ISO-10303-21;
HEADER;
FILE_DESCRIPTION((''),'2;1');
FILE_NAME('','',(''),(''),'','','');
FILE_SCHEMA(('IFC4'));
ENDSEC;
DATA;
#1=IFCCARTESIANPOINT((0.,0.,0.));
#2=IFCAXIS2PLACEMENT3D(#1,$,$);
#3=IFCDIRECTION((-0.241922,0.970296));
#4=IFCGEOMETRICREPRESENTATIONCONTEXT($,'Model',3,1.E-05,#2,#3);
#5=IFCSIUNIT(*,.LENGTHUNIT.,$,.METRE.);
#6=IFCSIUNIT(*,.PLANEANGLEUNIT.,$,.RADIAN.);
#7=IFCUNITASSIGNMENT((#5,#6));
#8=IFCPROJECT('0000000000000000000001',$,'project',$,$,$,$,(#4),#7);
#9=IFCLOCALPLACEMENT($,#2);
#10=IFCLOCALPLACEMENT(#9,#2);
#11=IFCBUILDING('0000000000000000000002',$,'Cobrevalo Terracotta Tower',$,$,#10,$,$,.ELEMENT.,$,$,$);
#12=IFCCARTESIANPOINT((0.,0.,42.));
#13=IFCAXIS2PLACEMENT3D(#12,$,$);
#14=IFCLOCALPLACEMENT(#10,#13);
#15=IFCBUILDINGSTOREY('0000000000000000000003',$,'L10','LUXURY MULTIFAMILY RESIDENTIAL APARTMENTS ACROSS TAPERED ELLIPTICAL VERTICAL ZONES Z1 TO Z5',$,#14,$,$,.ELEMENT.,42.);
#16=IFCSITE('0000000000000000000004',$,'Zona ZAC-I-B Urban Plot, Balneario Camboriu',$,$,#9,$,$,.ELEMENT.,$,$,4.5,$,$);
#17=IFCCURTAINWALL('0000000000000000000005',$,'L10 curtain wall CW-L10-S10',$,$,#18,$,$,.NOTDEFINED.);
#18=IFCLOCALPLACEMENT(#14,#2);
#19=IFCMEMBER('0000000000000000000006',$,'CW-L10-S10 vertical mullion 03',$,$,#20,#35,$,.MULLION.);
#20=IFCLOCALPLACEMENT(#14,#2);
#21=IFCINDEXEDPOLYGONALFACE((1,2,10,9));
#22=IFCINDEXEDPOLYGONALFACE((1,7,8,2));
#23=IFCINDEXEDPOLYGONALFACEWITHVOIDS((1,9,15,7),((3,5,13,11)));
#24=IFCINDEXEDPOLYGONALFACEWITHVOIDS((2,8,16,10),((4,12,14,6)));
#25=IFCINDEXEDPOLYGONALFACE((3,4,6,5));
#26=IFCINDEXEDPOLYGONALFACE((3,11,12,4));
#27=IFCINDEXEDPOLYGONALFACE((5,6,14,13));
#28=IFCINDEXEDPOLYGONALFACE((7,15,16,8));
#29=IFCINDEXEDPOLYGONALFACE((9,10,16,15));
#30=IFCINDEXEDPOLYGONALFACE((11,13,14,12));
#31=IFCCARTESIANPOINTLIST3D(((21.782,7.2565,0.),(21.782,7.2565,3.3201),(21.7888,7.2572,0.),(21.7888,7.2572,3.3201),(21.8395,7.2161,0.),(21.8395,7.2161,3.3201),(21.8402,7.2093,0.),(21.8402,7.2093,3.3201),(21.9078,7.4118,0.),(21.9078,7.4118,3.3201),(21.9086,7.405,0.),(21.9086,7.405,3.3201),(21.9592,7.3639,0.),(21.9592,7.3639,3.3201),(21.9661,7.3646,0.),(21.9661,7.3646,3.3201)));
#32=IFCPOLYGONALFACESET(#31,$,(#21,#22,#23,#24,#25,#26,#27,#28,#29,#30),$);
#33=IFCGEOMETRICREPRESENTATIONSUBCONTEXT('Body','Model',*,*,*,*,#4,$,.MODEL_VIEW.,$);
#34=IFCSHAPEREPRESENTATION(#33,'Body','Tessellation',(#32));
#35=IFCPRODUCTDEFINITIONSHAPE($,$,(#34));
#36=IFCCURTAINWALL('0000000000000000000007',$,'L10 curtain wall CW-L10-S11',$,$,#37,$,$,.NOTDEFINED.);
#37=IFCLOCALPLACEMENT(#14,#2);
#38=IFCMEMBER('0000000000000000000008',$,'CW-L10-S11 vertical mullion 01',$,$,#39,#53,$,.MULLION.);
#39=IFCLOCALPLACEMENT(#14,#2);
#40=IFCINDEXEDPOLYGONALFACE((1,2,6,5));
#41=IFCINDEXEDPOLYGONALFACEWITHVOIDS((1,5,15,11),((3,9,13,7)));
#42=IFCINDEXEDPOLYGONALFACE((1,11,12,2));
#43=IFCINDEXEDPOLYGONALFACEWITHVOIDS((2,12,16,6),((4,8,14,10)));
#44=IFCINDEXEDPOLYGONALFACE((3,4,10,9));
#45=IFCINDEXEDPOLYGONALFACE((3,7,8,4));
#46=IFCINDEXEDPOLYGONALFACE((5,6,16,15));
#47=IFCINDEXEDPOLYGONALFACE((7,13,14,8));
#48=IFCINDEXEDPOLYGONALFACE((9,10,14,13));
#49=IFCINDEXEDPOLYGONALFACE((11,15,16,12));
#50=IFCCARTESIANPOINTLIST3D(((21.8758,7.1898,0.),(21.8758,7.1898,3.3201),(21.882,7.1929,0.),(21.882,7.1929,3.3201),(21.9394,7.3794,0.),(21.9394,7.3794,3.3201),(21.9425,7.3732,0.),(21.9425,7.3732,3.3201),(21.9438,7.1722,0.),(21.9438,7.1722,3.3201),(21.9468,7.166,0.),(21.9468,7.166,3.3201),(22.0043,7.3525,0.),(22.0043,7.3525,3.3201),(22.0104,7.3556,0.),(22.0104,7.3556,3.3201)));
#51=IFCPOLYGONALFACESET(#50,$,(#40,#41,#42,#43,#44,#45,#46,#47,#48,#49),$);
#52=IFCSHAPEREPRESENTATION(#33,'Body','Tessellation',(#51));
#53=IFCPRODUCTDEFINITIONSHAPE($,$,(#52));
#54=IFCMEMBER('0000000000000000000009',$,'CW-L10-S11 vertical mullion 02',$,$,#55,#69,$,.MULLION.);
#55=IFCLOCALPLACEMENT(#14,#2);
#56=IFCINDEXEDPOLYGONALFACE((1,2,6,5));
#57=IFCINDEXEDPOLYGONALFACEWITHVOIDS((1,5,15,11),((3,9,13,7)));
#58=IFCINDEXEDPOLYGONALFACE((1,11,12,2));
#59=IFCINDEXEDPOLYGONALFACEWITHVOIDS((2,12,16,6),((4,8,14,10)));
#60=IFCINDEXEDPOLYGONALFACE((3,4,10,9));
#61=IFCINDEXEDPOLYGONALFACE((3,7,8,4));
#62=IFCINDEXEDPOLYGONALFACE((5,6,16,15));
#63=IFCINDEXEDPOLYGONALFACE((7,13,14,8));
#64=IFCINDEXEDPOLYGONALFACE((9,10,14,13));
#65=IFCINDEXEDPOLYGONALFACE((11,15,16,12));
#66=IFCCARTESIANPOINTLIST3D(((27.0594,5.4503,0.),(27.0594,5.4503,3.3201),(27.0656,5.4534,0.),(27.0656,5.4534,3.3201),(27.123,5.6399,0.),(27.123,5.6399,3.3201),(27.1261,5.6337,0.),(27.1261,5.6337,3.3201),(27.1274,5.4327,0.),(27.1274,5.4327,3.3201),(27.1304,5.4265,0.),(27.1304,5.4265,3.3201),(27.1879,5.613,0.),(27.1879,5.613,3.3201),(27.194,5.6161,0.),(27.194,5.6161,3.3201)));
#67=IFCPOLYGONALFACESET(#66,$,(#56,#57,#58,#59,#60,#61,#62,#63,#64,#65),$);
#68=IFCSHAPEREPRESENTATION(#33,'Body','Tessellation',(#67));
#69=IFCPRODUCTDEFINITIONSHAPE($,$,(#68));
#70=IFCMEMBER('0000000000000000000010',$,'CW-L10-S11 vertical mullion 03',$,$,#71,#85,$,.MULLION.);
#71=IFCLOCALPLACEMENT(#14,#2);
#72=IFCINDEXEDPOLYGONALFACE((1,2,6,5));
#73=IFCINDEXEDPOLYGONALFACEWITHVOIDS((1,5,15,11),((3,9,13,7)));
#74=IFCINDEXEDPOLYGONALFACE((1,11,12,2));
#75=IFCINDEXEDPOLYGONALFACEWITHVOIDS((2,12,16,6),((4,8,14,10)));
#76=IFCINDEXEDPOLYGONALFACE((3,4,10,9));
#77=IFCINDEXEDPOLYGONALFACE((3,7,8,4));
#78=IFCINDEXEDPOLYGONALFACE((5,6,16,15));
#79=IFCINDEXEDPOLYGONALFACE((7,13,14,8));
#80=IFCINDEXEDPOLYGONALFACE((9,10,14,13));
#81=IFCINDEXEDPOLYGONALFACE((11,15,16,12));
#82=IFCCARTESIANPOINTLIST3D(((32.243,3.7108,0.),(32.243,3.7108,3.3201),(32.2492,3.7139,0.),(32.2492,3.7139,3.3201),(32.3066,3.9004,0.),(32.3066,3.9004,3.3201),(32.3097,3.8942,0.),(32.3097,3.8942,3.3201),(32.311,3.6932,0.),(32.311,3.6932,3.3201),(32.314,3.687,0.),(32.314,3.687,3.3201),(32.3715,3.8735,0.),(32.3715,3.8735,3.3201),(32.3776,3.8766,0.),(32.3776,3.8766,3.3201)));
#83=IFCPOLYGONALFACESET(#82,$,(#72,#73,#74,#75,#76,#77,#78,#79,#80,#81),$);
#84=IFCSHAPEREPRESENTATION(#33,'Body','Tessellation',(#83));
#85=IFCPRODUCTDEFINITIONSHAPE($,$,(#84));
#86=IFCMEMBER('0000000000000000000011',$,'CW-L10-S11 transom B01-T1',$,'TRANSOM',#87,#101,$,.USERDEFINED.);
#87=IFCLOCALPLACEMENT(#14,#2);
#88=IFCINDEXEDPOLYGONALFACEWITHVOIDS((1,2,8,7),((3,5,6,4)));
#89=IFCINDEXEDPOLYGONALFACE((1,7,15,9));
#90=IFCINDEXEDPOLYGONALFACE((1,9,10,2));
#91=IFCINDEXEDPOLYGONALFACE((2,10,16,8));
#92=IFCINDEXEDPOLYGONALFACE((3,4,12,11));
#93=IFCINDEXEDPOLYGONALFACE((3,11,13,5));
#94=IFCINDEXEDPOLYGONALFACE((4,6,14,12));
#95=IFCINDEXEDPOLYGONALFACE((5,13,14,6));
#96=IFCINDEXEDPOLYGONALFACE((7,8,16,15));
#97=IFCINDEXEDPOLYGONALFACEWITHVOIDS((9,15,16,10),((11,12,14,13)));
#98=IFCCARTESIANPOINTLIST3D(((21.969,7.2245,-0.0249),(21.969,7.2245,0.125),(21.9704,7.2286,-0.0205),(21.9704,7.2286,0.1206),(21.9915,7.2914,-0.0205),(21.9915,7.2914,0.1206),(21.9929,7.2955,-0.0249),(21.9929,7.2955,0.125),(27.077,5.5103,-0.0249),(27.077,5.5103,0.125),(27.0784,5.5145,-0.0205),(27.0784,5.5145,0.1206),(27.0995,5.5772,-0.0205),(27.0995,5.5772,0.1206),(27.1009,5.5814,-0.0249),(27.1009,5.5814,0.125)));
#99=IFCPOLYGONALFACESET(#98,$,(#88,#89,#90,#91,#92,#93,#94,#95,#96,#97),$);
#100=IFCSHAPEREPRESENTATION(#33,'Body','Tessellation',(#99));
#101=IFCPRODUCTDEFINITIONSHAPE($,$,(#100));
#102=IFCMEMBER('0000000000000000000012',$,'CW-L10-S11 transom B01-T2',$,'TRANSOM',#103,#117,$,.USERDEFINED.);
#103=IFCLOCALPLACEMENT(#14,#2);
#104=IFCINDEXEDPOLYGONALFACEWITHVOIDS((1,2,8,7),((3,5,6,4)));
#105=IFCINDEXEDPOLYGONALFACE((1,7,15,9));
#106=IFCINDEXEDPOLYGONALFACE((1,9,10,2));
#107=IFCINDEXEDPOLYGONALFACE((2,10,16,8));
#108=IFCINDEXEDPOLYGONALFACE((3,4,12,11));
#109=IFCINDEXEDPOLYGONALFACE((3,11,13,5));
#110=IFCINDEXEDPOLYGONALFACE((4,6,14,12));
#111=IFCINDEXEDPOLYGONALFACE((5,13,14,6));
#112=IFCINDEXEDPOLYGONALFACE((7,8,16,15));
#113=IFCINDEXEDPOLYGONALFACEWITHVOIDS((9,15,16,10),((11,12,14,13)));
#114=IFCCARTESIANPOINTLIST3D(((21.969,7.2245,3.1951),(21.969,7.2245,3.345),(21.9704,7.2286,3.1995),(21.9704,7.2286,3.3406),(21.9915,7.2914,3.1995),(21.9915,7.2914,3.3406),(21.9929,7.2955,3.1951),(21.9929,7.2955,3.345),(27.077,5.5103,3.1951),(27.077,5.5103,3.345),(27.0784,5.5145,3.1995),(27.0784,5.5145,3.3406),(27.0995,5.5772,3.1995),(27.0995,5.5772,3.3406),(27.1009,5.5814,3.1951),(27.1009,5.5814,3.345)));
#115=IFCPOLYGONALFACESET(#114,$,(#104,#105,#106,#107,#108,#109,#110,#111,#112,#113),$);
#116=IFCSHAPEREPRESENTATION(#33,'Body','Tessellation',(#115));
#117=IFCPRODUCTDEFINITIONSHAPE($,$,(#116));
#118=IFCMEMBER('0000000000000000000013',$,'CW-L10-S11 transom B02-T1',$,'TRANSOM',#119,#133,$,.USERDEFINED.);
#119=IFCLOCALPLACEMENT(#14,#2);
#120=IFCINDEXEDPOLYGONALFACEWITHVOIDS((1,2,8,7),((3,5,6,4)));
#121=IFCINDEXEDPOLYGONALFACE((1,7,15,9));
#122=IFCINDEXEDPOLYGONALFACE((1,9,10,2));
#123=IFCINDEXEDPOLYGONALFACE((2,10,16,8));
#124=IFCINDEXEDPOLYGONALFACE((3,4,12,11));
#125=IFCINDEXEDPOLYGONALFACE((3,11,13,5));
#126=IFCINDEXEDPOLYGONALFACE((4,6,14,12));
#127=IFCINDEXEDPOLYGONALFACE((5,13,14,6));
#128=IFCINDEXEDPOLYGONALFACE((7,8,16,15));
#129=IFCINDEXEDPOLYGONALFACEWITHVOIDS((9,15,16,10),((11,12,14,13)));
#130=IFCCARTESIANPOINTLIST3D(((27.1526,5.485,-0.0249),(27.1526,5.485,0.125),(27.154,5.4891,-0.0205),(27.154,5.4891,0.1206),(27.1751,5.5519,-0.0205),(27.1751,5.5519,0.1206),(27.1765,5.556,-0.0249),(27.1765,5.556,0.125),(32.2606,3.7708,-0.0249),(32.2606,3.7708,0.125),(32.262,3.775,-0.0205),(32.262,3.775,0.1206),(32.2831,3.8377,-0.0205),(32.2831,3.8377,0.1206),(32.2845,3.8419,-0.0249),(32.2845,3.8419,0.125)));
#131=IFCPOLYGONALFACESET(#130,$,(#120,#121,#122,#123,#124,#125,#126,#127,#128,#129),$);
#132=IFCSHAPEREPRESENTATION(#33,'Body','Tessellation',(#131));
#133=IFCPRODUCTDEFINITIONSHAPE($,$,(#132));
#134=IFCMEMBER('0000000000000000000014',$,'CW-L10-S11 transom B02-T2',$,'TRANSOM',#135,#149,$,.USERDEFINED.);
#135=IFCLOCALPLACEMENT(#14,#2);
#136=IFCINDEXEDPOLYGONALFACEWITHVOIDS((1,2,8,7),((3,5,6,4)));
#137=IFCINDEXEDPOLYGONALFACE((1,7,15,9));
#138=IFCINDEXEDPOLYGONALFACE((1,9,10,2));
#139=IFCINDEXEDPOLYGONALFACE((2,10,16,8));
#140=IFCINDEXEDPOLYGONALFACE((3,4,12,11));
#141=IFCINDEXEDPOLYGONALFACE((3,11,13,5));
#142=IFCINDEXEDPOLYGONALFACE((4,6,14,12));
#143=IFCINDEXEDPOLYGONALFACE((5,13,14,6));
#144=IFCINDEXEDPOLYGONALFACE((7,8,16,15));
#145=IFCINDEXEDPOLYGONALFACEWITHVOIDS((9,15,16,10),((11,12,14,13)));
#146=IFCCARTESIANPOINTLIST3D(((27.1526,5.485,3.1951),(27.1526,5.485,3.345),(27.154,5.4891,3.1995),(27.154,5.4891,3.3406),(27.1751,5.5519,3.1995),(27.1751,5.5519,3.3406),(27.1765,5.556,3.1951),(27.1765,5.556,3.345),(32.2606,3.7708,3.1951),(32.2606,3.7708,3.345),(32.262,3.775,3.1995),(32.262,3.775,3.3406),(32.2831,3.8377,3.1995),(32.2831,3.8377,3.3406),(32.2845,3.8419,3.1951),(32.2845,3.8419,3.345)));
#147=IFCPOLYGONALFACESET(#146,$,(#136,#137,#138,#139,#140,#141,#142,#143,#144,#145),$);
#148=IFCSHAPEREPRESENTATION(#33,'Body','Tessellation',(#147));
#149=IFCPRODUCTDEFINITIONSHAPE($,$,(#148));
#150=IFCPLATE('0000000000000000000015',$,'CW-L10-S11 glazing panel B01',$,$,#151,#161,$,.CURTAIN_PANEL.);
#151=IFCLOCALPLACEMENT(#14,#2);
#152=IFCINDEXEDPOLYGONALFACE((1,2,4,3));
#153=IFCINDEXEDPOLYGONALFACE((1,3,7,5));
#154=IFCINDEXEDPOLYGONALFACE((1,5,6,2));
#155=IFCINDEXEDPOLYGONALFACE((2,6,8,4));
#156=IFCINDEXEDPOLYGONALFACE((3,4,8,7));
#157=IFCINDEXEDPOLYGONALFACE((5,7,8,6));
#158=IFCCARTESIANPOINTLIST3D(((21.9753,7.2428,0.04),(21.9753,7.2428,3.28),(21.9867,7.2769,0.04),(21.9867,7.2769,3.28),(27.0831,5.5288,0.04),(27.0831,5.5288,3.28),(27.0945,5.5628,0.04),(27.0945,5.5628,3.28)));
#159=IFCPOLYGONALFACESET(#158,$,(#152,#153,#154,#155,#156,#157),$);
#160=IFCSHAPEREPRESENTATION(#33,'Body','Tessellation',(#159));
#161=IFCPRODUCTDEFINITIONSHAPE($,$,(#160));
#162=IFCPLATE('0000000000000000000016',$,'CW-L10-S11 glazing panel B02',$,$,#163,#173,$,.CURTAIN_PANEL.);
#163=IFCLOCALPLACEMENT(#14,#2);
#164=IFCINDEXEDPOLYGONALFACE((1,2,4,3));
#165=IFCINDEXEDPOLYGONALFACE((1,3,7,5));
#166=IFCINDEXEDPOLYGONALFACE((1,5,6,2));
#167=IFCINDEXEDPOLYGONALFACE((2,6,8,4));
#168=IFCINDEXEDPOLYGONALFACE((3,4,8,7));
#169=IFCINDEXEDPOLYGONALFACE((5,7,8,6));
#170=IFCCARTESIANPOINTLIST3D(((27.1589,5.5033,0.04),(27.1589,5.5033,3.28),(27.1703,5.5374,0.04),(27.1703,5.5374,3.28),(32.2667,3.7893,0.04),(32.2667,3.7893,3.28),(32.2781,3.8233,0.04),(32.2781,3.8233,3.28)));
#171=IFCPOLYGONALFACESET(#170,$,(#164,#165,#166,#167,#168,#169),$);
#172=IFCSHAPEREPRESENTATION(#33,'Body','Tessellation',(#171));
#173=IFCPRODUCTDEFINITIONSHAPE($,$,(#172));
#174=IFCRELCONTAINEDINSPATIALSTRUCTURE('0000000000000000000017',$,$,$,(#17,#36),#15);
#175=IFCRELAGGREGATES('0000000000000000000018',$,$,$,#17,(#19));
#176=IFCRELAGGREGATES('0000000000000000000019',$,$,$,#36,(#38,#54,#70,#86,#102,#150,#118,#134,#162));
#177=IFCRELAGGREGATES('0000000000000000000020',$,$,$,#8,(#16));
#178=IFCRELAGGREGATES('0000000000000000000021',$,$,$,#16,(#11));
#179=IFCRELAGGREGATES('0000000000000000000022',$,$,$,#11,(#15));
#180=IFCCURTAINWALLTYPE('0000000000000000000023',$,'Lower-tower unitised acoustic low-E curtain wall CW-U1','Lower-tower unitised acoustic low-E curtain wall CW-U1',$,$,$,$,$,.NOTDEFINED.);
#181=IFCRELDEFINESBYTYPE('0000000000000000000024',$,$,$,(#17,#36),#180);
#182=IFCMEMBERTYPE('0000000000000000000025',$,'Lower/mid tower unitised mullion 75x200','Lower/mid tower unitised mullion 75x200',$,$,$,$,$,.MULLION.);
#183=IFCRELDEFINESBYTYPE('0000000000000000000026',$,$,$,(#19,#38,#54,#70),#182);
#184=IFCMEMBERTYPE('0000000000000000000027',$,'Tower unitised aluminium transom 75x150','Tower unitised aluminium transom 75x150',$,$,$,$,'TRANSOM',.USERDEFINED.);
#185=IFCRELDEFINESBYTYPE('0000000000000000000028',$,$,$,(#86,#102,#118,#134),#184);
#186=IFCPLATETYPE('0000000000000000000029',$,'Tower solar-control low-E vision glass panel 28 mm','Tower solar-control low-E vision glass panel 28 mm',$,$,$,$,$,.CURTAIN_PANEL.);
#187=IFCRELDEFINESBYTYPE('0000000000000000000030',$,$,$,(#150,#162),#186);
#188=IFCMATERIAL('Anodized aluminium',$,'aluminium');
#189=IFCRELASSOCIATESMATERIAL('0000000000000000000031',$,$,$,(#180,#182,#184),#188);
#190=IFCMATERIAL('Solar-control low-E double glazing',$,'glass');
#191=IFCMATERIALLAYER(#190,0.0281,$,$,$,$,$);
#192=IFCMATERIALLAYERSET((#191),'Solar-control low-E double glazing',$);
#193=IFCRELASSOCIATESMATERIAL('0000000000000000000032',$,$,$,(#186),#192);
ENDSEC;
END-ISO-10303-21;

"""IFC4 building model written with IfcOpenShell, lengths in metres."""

from ifc_helpers import new_model, si_unit, direction, frame, origin, origin_2d, place, context, subcontext, project, spatial, rectangle, hollow_rectangle, extrude, source, transform, mapped, material, layer, layer_set, material_profile, profile_set, type_object, element, aggregate, save


model = new_model("IFC4")

# Units and contexts
model_context = context("Model", 3, precision=1e-05, world=origin(), true_north=direction((-0.241922, 0.970296)))
body_context = subcontext(model_context, "Body", "Model", "MODEL_VIEW")
ifc_project = project(units=[si_unit("LENGTHUNIT", "METRE"), si_unit("PLANEANGLEUNIT", "RADIAN")], contexts=[model_context])

# Site, building, storey
site_placement = place(None, origin())
site = spatial("IfcSite", under=ifc_project, at=site_placement, Name="Zona ZAC-I-B Urban Plot, Balneario Camboriu", CompositionType="ELEMENT", RefElevation=4.5)
building_placement = place(site_placement, origin())
building = spatial("IfcBuilding", under=site, at=building_placement, Name="Cobrevalo Terracotta Tower", CompositionType="ELEMENT")
storey_placement = place(building_placement, frame((0.0, 0.0, 42.0)))
storey = spatial("IfcBuildingStorey", under=building, at=storey_placement, Name="L10", Description="LUXURY MULTIFAMILY RESIDENTIAL APARTMENTS ACROSS TAPERED ELLIPTICAL VERTICAL ZONES Z1 TO Z5", CompositionType="ELEMENT", Elevation=42.0)

# Curtain wall, member
ifc_material_1 = material(Name="Anodized aluminium", Category="aluminium")
curtain_wall_type = type_object("IfcCurtainWallType", Name="Lower-tower unitised acoustic low-E curtain wall CW-U1", Description="Lower-tower unitised acoustic low-E curtain wall CW-U1", PredefinedType="NOTDEFINED", material=ifc_material_1)
curtain_wall_1_placement = place(storey_placement, origin())
curtain_wall_1 = element("IfcCurtainWall", 1, at=curtain_wall_1_placement, inside=storey, type_object=curtain_wall_type, Name="L10 curtain wall CW-L10-S10", PredefinedType="NOTDEFINED")
ifc_material_profile_1 = material_profile(ifc_material_1, hollow_rectangle(XDim=0.075, YDim=0.2, WallThickness=0.0049, at=origin_2d()), Name="CWM 75x200")
ifc_profile_set_1 = profile_set([ifc_material_profile_1], Name="Anodized aluminium")
member_type_1 = type_object("IfcMemberType", Name="Lower/mid tower unitised mullion 75x200", Description="Lower/mid tower unitised mullion 75x200", PredefinedType="MULLION", material=ifc_profile_set_1)
shared_shape_1 = source(origin(), body_context, "Body", "SweptSolid", [
    extrude(hollow_rectangle(XDim=0.075, YDim=0.2, WallThickness=0.0049, at=origin_2d()), origin(), (0.0, 0.0, 1.0), 3.3201),
])
member_1_placement = place(storey_placement, frame((21.874, 7.3105, 0.0), z_axis=(0.0, 0.0, 1.0), x_axis=(0.777003, -0.629497, 0.0)))
member_1 = element("IfcMember", 2, at=member_1_placement, type_object=member_type_1, Name="CW-L10-S10 vertical mullion 03", PredefinedType="MULLION", context=body_context, shape_type="MappedRepresentation", body=[
    mapped(shared_shape_1, transform((0.0, 0.0, 0.0), scale=1.0)),
])
aggregate(curtain_wall_1, [member_1])

# Curtain wall, members, plates
curtain_wall_2_placement = place(storey_placement, origin())
curtain_wall_2 = element("IfcCurtainWall", 3, at=curtain_wall_2_placement, inside=storey, type_object=curtain_wall_type, Name="L10 curtain wall CW-L10-S11", PredefinedType="NOTDEFINED")
member_2_placement = place(storey_placement, frame((21.9431, 7.2727, 0.0), z_axis=(0.0, 0.0, 1.0), x_axis=(0.948046, -0.318132, 0.0)))
member_2 = element("IfcMember", 4, at=member_2_placement, type_object=member_type_1, Name="CW-L10-S11 vertical mullion 01", PredefinedType="MULLION", context=body_context, shape_type="MappedRepresentation", body=[
    mapped(shared_shape_1, transform((0.0, 0.0, 0.0), scale=1.0)),
])
member_3_placement = place(storey_placement, frame((27.1267, 5.5332, 0.0), z_axis=(0.0, 0.0, 1.0), x_axis=(0.948046, -0.318132, 0.0)))
member_3 = element("IfcMember", 5, at=member_3_placement, type_object=member_type_1, Name="CW-L10-S11 vertical mullion 02", PredefinedType="MULLION", context=body_context, shape_type="MappedRepresentation", body=[
    mapped(shared_shape_1, transform((0.0, 0.0, 0.0), scale=1.0)),
])
member_4_placement = place(storey_placement, frame((32.3103, 3.7937, 0.0), z_axis=(0.0, 0.0, 1.0), x_axis=(0.948046, -0.318132, 0.0)))
member_4 = element("IfcMember", 6, at=member_4_placement, type_object=member_type_1, Name="CW-L10-S11 vertical mullion 03", PredefinedType="MULLION", context=body_context, shape_type="MappedRepresentation", body=[
    mapped(shared_shape_1, transform((0.0, 0.0, 0.0), scale=1.0)),
])
ifc_material_profile_2 = material_profile(ifc_material_1, hollow_rectangle(XDim=0.075, YDim=0.1499, WallThickness=0.0044, at=origin_2d()), Name="CWT 75x150")
ifc_profile_set_2 = profile_set([ifc_material_profile_2], Name="Anodized aluminium")
member_type_2 = type_object("IfcMemberType", Name="Tower unitised aluminium transom 75x150", Description="Tower unitised aluminium transom 75x150", ElementType="TRANSOM", PredefinedType="USERDEFINED", material=ifc_profile_set_2)
shared_shape_2 = source(origin(), body_context, "Body", "SweptSolid", [
    extrude(hollow_rectangle(XDim=0.075, YDim=0.1499, WallThickness=0.0044, at=origin_2d()), origin(), (0.0, 0.0, 1.0), 5.3879),
])
member_5_placement = place(storey_placement, frame((21.981, 7.26, 0.05), z_axis=(0.948042, -0.318144, 0.0), x_axis=(0.318144, 0.948042, 0.0)))
member_5 = element("IfcMember", 7, at=member_5_placement, type_object=member_type_2, Name="CW-L10-S11 transom B01-T1", ObjectType="TRANSOM", PredefinedType="USERDEFINED", context=body_context, shape_type="MappedRepresentation", body=[
    mapped(shared_shape_2, transform((0.0, 0.0, 0.0), scale=1.0)),
])
member_6_placement = place(storey_placement, frame((21.981, 7.26, 3.27), z_axis=(0.948042, -0.318144, 0.0), x_axis=(0.318144, 0.948042, 0.0)))
member_6 = element("IfcMember", 8, at=member_6_placement, type_object=member_type_2, Name="CW-L10-S11 transom B01-T2", ObjectType="TRANSOM", PredefinedType="USERDEFINED", context=body_context, shape_type="MappedRepresentation", body=[
    mapped(shared_shape_2, transform((0.0, 0.0, 0.0), scale=1.0)),
])
member_7_placement = place(storey_placement, frame((27.1646, 5.5205, 0.05), z_axis=(0.948042, -0.318144, 0.0), x_axis=(0.318144, 0.948042, 0.0)))
member_7 = element("IfcMember", 9, at=member_7_placement, type_object=member_type_2, Name="CW-L10-S11 transom B02-T1", ObjectType="TRANSOM", PredefinedType="USERDEFINED", context=body_context, shape_type="MappedRepresentation", body=[
    mapped(shared_shape_2, transform((0.0, 0.0, 0.0), scale=1.0)),
])
member_8_placement = place(storey_placement, frame((27.1646, 5.5205, 3.27), z_axis=(0.948042, -0.318144, 0.0), x_axis=(0.318144, 0.948042, 0.0)))
member_8 = element("IfcMember", 10, at=member_8_placement, type_object=member_type_2, Name="CW-L10-S11 transom B02-T2", ObjectType="TRANSOM", PredefinedType="USERDEFINED", context=body_context, shape_type="MappedRepresentation", body=[
    mapped(shared_shape_2, transform((0.0, 0.0, 0.0), scale=1.0)),
])
ifc_material_2 = material(Name="Solar-control low-E double glazing", Category="glass")
ifc_layer_1 = layer(ifc_material_2, 0.0281)
ifc_layer_set_1 = layer_set([ifc_layer_1], Name="Solar-control low-E double glazing")
plate_type = type_object("IfcPlateType", Name="Tower solar-control low-E vision glass panel 28 mm", Description="Tower solar-control low-E vision glass panel 28 mm", PredefinedType="CURTAIN_PANEL", material=ifc_layer_set_1)
shared_shape_3 = source(origin(), body_context, "Body", "SweptSolid", [
    extrude(rectangle(XDim=5.3877, YDim=0.0359, at=origin_2d()), origin(), (0.0, 0.0, 1.0), 3.24),
])
plate_1_placement = place(storey_placement, frame((24.5349, 6.4028, 0.04), z_axis=(0.0, 0.0, 1.0), x_axis=(0.948044, -0.318139, 0.0)))
plate_1 = element("IfcPlate", 11, at=plate_1_placement, type_object=plate_type, Name="CW-L10-S11 glazing panel B01", PredefinedType="CURTAIN_PANEL", context=body_context, shape_type="MappedRepresentation", body=[
    mapped(shared_shape_3, transform((0.0, 0.0, 0.0), scale=1.0)),
])
plate_2_placement = place(storey_placement, frame((29.7185, 4.6633, 0.04), z_axis=(0.0, 0.0, 1.0), x_axis=(0.948044, -0.318139, 0.0)))
plate_2 = element("IfcPlate", 12, at=plate_2_placement, type_object=plate_type, Name="CW-L10-S11 glazing panel B02", PredefinedType="CURTAIN_PANEL", context=body_context, shape_type="MappedRepresentation", body=[
    mapped(shared_shape_3, transform((0.0, 0.0, 0.0), scale=1.0)),
])
aggregate(curtain_wall_2, [member_2, member_3, member_4, member_5, member_6, plate_1, member_7, member_8, plate_2])

save(model, "model.ifc")
